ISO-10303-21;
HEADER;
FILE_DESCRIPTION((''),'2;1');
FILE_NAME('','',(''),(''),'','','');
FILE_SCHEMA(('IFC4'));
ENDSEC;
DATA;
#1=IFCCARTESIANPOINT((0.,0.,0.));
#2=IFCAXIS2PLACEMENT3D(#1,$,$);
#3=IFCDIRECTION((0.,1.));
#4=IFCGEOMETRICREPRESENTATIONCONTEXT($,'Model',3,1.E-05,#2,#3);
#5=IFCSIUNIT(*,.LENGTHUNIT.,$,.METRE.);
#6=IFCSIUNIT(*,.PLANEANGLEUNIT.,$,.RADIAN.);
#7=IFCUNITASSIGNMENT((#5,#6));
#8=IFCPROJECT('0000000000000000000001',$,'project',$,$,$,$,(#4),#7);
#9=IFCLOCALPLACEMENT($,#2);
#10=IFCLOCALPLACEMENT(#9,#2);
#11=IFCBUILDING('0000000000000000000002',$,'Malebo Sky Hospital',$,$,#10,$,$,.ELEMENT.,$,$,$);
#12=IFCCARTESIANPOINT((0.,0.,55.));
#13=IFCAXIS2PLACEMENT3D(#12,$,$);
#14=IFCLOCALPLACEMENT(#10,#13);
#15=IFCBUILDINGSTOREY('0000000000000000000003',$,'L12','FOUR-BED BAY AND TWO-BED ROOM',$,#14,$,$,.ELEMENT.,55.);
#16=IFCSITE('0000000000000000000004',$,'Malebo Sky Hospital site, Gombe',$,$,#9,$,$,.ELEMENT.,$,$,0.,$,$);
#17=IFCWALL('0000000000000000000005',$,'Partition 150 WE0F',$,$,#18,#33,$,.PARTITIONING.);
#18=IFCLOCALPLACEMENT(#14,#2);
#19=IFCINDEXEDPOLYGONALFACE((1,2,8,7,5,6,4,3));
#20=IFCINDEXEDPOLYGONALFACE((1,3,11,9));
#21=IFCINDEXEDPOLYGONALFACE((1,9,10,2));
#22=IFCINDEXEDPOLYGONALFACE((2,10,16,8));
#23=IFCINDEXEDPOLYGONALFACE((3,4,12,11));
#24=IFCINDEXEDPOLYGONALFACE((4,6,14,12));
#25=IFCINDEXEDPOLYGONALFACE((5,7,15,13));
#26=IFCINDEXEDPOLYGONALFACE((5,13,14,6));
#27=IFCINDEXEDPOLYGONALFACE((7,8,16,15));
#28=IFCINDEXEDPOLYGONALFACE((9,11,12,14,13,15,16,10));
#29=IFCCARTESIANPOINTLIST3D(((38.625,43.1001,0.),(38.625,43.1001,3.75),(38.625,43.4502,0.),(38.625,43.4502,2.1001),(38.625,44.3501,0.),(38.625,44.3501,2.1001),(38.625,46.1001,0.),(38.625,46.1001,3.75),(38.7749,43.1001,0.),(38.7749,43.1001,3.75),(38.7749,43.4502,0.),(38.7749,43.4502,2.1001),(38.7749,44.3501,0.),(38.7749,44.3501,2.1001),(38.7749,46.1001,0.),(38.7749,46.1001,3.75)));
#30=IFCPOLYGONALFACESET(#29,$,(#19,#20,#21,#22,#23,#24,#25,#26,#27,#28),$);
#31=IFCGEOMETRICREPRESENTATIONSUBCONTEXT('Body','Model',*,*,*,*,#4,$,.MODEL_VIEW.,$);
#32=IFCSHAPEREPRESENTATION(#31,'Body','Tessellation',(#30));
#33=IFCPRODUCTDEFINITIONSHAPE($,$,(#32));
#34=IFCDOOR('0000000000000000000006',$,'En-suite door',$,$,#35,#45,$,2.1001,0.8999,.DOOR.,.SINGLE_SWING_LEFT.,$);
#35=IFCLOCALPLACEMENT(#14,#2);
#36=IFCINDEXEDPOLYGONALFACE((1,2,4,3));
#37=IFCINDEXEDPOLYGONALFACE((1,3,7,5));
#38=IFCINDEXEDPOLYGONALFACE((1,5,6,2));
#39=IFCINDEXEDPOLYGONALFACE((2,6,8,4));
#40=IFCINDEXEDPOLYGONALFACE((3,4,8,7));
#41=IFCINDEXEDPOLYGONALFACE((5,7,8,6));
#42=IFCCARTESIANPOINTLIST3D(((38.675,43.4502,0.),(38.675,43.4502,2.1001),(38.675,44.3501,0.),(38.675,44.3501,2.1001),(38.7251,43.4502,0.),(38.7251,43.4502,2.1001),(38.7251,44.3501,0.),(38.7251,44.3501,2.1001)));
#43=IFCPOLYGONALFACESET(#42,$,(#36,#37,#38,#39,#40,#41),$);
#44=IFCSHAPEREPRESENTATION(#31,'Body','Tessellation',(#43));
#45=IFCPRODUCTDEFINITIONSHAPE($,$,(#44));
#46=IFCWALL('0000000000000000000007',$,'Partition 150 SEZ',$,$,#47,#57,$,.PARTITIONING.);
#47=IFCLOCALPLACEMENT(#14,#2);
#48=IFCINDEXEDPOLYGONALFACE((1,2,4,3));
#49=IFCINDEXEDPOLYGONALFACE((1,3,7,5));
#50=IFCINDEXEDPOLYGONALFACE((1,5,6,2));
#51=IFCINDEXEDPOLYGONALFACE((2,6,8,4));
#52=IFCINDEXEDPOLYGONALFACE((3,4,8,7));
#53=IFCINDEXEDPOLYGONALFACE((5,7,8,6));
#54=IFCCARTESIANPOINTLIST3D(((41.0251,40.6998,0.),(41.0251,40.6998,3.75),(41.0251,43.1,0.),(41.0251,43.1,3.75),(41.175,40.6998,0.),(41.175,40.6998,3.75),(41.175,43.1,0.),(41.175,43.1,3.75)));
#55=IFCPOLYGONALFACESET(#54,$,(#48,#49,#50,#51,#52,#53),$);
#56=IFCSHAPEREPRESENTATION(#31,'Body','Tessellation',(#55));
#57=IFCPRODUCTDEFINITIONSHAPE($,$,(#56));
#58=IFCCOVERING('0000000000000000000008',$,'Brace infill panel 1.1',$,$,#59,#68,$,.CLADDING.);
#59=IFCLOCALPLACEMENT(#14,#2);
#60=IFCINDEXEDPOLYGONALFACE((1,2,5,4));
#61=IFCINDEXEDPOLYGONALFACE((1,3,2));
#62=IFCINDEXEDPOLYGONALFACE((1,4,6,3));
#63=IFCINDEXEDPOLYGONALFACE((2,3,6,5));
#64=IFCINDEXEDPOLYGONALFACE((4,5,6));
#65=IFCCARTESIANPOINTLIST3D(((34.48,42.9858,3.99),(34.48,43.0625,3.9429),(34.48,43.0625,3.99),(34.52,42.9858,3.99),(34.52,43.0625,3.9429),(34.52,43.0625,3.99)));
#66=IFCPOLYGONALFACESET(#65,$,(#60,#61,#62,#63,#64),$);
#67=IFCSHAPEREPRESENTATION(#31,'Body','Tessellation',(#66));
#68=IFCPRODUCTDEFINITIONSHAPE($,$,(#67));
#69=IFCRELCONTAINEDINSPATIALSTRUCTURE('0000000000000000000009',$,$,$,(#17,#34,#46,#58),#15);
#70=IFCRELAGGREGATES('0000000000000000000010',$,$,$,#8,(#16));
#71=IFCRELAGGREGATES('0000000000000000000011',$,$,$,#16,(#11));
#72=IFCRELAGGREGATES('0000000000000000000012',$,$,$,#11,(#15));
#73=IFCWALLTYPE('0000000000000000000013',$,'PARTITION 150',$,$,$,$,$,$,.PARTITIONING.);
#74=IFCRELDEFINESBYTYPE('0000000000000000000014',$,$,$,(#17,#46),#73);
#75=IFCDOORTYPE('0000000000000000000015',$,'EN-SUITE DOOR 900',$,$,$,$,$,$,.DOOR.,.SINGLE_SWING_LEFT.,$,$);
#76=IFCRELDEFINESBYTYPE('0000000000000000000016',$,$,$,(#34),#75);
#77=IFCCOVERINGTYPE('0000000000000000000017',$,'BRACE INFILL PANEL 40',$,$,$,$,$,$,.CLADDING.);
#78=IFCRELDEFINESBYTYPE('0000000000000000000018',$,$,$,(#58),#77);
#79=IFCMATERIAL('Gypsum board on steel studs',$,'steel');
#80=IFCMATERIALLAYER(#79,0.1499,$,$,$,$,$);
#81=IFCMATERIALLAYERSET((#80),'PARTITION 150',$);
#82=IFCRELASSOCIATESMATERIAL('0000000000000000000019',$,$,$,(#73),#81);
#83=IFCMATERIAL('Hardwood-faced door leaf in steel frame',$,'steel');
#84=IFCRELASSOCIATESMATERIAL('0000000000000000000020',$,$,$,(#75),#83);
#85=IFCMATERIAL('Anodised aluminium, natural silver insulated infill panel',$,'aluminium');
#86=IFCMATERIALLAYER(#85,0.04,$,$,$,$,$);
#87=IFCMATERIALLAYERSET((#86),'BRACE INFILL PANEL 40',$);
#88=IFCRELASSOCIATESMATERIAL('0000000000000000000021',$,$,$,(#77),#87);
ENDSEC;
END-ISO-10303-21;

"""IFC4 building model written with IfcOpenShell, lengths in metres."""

from ifc_helpers import new_model, si_unit, direction, frame, frame_2d, origin, place, context, subcontext, project, spatial, polyline, rectangle, outline, extrude, material, layer, layer_set, type_object, element, fill, save


model = new_model("IFC4")

# Units and contexts
model_context = context("Model", 3, precision=1e-05, world=origin(), true_north=direction((0.0, 1.0)))
body_context = subcontext(model_context, "Body", "Model", "MODEL_VIEW")
ifc_project = project(units=[si_unit("LENGTHUNIT", "METRE"), si_unit("PLANEANGLEUNIT", "RADIAN")], contexts=[model_context])

# Site, building, storey
site_placement = place(None, origin())
site = spatial("IfcSite", under=ifc_project, at=site_placement, Name="Malebo Sky Hospital site, Gombe", CompositionType="ELEMENT", RefElevation=0.0)
building_placement = place(site_placement, origin())
building = spatial("IfcBuilding", under=site, at=building_placement, Name="Malebo Sky Hospital", CompositionType="ELEMENT")
storey_placement = place(building_placement, frame((0.0, 0.0, 55.0)))
storey = spatial("IfcBuildingStorey", under=building, at=storey_placement, Name="L12", Description="FOUR-BED BAY AND TWO-BED ROOM", CompositionType="ELEMENT", Elevation=55.0)

# Shared definitions
ifc_material_1 = material(Name="Gypsum board on steel studs", Category="steel")
ifc_material_2 = material(Name="Hardwood-faced door leaf in steel frame", Category="steel")

# Shared definitions
ifc_layer_1 = layer(ifc_material_1, 0.1499)
ifc_layer_set_1 = layer_set([ifc_layer_1], Name="PARTITION 150")
wall_type_1 = type_object("IfcWallType", Name="PARTITION 150", PredefinedType="PARTITIONING", material=ifc_layer_set_1)

# Wall, opening, door
wall_1_placement = place(storey_placement, frame((38.7, 43.1001, 0.0), z_axis=(0.0, 0.0, 1.0), x_axis=(0.0, 1.0, 0.0)))
wall_1 = element("IfcWall", 1, at=wall_1_placement, inside=storey, type_object=wall_type_1, Name="Partition 150 WE0F", PredefinedType="PARTITIONING", context=body_context, shape_type="SweptSolid", body=[
    extrude(rectangle(XDim=3.0, YDim=0.1499, at=frame_2d((1.5, 0.0))), origin(), (0.0, 0.0, 1.0), 3.75),
])
opening_1_placement = place(wall_1_placement, frame((0.3501, 0.0, 0.0)))
opening_1 = element("IfcOpeningElement", 2, at=opening_1_placement, cuts=wall_1, PredefinedType="OPENING", context=body_context, shape_type="SweptSolid", body=[
    extrude(rectangle(XDim=0.8999, YDim=2.1001, at=frame_2d((0.45, 1.05))), frame((0.0, 0.085, 0.0), z_axis=(0.0, -1.0, 0.0), x_axis=(1.0, 0.0, 0.0)), (0.0, 0.0, 1.0), 0.1699),
])
door_type_1 = type_object("IfcDoorType", Name="EN-SUITE DOOR 900", OperationType="SINGLE_SWING_LEFT", PredefinedType="DOOR", material=ifc_material_2)
door_1_placement = place(opening_1_placement, origin())
door_1 = element("IfcDoor", 3, at=door_1_placement, inside=storey, type_object=door_type_1, Name="En-suite door", OperationType="SINGLE_SWING_LEFT", OverallHeight=2.1001, OverallWidth=0.8999, PredefinedType="DOOR", context=body_context, shape_type="SweptSolid", body=[
    extrude(rectangle(XDim=0.8999, YDim=2.1001, at=frame_2d((0.45, 1.05))), frame((0.0, 0.0249, 0.0), z_axis=(0.0, -1.0, 0.0), x_axis=(1.0, 0.0, 0.0)), (0.0, 0.0, 1.0), 0.05),
])
fill(opening_1, door_1)

# Wall
wall_2_placement = place(storey_placement, frame((41.1001, 43.1001, 0.0), z_axis=(0.0, 0.0, 1.0), x_axis=(0.0, -1.0, 0.0)))
element("IfcWall", 4, at=wall_2_placement, inside=storey, type_object=wall_type_1, Name="Partition 150 SEZ", PredefinedType="PARTITIONING", context=body_context, shape_type="SweptSolid", body=[
    extrude(rectangle(XDim=2.4001, YDim=0.1499, at=frame_2d((1.2002, 0.0))), origin(), (0.0, 0.0, 1.0), 3.75),
])

# Covering
ifc_material_3 = material(Name="Anodised aluminium, natural silver insulated infill panel", Category="aluminium")
ifc_layer_2 = layer(ifc_material_3, 0.04)
ifc_layer_set_2 = layer_set([ifc_layer_2], Name="BRACE INFILL PANEL 40")
covering_type = type_object("IfcCoveringType", Name="BRACE INFILL PANEL 40", PredefinedType="CLADDING", material=ifc_layer_set_2)
covering_placement = place(storey_placement, frame((34.5, 43.0242, 3.9429), z_axis=(0.0, 0.0, 1.0), x_axis=(0.0, 1.0, 0.0)))
element("IfcCovering", 5, at=covering_placement, inside=storey, type_object=covering_type, Name="Brace infill panel 1.1", PredefinedType="CLADDING", context=body_context, shape_type="SweptSolid", body=[
    extrude(outline(polyline([(0.0383, 0.0), (0.0383, 0.0471), (-0.0383, 0.0471), (0.0383, 0.0)])), frame((0.0, 0.02, 0.0), z_axis=(0.0, -1.0, 0.0), x_axis=(1.0, 0.0, 0.0)), (0.0, 0.0, 1.0), 0.04),
])

save(model, "model.ifc")
